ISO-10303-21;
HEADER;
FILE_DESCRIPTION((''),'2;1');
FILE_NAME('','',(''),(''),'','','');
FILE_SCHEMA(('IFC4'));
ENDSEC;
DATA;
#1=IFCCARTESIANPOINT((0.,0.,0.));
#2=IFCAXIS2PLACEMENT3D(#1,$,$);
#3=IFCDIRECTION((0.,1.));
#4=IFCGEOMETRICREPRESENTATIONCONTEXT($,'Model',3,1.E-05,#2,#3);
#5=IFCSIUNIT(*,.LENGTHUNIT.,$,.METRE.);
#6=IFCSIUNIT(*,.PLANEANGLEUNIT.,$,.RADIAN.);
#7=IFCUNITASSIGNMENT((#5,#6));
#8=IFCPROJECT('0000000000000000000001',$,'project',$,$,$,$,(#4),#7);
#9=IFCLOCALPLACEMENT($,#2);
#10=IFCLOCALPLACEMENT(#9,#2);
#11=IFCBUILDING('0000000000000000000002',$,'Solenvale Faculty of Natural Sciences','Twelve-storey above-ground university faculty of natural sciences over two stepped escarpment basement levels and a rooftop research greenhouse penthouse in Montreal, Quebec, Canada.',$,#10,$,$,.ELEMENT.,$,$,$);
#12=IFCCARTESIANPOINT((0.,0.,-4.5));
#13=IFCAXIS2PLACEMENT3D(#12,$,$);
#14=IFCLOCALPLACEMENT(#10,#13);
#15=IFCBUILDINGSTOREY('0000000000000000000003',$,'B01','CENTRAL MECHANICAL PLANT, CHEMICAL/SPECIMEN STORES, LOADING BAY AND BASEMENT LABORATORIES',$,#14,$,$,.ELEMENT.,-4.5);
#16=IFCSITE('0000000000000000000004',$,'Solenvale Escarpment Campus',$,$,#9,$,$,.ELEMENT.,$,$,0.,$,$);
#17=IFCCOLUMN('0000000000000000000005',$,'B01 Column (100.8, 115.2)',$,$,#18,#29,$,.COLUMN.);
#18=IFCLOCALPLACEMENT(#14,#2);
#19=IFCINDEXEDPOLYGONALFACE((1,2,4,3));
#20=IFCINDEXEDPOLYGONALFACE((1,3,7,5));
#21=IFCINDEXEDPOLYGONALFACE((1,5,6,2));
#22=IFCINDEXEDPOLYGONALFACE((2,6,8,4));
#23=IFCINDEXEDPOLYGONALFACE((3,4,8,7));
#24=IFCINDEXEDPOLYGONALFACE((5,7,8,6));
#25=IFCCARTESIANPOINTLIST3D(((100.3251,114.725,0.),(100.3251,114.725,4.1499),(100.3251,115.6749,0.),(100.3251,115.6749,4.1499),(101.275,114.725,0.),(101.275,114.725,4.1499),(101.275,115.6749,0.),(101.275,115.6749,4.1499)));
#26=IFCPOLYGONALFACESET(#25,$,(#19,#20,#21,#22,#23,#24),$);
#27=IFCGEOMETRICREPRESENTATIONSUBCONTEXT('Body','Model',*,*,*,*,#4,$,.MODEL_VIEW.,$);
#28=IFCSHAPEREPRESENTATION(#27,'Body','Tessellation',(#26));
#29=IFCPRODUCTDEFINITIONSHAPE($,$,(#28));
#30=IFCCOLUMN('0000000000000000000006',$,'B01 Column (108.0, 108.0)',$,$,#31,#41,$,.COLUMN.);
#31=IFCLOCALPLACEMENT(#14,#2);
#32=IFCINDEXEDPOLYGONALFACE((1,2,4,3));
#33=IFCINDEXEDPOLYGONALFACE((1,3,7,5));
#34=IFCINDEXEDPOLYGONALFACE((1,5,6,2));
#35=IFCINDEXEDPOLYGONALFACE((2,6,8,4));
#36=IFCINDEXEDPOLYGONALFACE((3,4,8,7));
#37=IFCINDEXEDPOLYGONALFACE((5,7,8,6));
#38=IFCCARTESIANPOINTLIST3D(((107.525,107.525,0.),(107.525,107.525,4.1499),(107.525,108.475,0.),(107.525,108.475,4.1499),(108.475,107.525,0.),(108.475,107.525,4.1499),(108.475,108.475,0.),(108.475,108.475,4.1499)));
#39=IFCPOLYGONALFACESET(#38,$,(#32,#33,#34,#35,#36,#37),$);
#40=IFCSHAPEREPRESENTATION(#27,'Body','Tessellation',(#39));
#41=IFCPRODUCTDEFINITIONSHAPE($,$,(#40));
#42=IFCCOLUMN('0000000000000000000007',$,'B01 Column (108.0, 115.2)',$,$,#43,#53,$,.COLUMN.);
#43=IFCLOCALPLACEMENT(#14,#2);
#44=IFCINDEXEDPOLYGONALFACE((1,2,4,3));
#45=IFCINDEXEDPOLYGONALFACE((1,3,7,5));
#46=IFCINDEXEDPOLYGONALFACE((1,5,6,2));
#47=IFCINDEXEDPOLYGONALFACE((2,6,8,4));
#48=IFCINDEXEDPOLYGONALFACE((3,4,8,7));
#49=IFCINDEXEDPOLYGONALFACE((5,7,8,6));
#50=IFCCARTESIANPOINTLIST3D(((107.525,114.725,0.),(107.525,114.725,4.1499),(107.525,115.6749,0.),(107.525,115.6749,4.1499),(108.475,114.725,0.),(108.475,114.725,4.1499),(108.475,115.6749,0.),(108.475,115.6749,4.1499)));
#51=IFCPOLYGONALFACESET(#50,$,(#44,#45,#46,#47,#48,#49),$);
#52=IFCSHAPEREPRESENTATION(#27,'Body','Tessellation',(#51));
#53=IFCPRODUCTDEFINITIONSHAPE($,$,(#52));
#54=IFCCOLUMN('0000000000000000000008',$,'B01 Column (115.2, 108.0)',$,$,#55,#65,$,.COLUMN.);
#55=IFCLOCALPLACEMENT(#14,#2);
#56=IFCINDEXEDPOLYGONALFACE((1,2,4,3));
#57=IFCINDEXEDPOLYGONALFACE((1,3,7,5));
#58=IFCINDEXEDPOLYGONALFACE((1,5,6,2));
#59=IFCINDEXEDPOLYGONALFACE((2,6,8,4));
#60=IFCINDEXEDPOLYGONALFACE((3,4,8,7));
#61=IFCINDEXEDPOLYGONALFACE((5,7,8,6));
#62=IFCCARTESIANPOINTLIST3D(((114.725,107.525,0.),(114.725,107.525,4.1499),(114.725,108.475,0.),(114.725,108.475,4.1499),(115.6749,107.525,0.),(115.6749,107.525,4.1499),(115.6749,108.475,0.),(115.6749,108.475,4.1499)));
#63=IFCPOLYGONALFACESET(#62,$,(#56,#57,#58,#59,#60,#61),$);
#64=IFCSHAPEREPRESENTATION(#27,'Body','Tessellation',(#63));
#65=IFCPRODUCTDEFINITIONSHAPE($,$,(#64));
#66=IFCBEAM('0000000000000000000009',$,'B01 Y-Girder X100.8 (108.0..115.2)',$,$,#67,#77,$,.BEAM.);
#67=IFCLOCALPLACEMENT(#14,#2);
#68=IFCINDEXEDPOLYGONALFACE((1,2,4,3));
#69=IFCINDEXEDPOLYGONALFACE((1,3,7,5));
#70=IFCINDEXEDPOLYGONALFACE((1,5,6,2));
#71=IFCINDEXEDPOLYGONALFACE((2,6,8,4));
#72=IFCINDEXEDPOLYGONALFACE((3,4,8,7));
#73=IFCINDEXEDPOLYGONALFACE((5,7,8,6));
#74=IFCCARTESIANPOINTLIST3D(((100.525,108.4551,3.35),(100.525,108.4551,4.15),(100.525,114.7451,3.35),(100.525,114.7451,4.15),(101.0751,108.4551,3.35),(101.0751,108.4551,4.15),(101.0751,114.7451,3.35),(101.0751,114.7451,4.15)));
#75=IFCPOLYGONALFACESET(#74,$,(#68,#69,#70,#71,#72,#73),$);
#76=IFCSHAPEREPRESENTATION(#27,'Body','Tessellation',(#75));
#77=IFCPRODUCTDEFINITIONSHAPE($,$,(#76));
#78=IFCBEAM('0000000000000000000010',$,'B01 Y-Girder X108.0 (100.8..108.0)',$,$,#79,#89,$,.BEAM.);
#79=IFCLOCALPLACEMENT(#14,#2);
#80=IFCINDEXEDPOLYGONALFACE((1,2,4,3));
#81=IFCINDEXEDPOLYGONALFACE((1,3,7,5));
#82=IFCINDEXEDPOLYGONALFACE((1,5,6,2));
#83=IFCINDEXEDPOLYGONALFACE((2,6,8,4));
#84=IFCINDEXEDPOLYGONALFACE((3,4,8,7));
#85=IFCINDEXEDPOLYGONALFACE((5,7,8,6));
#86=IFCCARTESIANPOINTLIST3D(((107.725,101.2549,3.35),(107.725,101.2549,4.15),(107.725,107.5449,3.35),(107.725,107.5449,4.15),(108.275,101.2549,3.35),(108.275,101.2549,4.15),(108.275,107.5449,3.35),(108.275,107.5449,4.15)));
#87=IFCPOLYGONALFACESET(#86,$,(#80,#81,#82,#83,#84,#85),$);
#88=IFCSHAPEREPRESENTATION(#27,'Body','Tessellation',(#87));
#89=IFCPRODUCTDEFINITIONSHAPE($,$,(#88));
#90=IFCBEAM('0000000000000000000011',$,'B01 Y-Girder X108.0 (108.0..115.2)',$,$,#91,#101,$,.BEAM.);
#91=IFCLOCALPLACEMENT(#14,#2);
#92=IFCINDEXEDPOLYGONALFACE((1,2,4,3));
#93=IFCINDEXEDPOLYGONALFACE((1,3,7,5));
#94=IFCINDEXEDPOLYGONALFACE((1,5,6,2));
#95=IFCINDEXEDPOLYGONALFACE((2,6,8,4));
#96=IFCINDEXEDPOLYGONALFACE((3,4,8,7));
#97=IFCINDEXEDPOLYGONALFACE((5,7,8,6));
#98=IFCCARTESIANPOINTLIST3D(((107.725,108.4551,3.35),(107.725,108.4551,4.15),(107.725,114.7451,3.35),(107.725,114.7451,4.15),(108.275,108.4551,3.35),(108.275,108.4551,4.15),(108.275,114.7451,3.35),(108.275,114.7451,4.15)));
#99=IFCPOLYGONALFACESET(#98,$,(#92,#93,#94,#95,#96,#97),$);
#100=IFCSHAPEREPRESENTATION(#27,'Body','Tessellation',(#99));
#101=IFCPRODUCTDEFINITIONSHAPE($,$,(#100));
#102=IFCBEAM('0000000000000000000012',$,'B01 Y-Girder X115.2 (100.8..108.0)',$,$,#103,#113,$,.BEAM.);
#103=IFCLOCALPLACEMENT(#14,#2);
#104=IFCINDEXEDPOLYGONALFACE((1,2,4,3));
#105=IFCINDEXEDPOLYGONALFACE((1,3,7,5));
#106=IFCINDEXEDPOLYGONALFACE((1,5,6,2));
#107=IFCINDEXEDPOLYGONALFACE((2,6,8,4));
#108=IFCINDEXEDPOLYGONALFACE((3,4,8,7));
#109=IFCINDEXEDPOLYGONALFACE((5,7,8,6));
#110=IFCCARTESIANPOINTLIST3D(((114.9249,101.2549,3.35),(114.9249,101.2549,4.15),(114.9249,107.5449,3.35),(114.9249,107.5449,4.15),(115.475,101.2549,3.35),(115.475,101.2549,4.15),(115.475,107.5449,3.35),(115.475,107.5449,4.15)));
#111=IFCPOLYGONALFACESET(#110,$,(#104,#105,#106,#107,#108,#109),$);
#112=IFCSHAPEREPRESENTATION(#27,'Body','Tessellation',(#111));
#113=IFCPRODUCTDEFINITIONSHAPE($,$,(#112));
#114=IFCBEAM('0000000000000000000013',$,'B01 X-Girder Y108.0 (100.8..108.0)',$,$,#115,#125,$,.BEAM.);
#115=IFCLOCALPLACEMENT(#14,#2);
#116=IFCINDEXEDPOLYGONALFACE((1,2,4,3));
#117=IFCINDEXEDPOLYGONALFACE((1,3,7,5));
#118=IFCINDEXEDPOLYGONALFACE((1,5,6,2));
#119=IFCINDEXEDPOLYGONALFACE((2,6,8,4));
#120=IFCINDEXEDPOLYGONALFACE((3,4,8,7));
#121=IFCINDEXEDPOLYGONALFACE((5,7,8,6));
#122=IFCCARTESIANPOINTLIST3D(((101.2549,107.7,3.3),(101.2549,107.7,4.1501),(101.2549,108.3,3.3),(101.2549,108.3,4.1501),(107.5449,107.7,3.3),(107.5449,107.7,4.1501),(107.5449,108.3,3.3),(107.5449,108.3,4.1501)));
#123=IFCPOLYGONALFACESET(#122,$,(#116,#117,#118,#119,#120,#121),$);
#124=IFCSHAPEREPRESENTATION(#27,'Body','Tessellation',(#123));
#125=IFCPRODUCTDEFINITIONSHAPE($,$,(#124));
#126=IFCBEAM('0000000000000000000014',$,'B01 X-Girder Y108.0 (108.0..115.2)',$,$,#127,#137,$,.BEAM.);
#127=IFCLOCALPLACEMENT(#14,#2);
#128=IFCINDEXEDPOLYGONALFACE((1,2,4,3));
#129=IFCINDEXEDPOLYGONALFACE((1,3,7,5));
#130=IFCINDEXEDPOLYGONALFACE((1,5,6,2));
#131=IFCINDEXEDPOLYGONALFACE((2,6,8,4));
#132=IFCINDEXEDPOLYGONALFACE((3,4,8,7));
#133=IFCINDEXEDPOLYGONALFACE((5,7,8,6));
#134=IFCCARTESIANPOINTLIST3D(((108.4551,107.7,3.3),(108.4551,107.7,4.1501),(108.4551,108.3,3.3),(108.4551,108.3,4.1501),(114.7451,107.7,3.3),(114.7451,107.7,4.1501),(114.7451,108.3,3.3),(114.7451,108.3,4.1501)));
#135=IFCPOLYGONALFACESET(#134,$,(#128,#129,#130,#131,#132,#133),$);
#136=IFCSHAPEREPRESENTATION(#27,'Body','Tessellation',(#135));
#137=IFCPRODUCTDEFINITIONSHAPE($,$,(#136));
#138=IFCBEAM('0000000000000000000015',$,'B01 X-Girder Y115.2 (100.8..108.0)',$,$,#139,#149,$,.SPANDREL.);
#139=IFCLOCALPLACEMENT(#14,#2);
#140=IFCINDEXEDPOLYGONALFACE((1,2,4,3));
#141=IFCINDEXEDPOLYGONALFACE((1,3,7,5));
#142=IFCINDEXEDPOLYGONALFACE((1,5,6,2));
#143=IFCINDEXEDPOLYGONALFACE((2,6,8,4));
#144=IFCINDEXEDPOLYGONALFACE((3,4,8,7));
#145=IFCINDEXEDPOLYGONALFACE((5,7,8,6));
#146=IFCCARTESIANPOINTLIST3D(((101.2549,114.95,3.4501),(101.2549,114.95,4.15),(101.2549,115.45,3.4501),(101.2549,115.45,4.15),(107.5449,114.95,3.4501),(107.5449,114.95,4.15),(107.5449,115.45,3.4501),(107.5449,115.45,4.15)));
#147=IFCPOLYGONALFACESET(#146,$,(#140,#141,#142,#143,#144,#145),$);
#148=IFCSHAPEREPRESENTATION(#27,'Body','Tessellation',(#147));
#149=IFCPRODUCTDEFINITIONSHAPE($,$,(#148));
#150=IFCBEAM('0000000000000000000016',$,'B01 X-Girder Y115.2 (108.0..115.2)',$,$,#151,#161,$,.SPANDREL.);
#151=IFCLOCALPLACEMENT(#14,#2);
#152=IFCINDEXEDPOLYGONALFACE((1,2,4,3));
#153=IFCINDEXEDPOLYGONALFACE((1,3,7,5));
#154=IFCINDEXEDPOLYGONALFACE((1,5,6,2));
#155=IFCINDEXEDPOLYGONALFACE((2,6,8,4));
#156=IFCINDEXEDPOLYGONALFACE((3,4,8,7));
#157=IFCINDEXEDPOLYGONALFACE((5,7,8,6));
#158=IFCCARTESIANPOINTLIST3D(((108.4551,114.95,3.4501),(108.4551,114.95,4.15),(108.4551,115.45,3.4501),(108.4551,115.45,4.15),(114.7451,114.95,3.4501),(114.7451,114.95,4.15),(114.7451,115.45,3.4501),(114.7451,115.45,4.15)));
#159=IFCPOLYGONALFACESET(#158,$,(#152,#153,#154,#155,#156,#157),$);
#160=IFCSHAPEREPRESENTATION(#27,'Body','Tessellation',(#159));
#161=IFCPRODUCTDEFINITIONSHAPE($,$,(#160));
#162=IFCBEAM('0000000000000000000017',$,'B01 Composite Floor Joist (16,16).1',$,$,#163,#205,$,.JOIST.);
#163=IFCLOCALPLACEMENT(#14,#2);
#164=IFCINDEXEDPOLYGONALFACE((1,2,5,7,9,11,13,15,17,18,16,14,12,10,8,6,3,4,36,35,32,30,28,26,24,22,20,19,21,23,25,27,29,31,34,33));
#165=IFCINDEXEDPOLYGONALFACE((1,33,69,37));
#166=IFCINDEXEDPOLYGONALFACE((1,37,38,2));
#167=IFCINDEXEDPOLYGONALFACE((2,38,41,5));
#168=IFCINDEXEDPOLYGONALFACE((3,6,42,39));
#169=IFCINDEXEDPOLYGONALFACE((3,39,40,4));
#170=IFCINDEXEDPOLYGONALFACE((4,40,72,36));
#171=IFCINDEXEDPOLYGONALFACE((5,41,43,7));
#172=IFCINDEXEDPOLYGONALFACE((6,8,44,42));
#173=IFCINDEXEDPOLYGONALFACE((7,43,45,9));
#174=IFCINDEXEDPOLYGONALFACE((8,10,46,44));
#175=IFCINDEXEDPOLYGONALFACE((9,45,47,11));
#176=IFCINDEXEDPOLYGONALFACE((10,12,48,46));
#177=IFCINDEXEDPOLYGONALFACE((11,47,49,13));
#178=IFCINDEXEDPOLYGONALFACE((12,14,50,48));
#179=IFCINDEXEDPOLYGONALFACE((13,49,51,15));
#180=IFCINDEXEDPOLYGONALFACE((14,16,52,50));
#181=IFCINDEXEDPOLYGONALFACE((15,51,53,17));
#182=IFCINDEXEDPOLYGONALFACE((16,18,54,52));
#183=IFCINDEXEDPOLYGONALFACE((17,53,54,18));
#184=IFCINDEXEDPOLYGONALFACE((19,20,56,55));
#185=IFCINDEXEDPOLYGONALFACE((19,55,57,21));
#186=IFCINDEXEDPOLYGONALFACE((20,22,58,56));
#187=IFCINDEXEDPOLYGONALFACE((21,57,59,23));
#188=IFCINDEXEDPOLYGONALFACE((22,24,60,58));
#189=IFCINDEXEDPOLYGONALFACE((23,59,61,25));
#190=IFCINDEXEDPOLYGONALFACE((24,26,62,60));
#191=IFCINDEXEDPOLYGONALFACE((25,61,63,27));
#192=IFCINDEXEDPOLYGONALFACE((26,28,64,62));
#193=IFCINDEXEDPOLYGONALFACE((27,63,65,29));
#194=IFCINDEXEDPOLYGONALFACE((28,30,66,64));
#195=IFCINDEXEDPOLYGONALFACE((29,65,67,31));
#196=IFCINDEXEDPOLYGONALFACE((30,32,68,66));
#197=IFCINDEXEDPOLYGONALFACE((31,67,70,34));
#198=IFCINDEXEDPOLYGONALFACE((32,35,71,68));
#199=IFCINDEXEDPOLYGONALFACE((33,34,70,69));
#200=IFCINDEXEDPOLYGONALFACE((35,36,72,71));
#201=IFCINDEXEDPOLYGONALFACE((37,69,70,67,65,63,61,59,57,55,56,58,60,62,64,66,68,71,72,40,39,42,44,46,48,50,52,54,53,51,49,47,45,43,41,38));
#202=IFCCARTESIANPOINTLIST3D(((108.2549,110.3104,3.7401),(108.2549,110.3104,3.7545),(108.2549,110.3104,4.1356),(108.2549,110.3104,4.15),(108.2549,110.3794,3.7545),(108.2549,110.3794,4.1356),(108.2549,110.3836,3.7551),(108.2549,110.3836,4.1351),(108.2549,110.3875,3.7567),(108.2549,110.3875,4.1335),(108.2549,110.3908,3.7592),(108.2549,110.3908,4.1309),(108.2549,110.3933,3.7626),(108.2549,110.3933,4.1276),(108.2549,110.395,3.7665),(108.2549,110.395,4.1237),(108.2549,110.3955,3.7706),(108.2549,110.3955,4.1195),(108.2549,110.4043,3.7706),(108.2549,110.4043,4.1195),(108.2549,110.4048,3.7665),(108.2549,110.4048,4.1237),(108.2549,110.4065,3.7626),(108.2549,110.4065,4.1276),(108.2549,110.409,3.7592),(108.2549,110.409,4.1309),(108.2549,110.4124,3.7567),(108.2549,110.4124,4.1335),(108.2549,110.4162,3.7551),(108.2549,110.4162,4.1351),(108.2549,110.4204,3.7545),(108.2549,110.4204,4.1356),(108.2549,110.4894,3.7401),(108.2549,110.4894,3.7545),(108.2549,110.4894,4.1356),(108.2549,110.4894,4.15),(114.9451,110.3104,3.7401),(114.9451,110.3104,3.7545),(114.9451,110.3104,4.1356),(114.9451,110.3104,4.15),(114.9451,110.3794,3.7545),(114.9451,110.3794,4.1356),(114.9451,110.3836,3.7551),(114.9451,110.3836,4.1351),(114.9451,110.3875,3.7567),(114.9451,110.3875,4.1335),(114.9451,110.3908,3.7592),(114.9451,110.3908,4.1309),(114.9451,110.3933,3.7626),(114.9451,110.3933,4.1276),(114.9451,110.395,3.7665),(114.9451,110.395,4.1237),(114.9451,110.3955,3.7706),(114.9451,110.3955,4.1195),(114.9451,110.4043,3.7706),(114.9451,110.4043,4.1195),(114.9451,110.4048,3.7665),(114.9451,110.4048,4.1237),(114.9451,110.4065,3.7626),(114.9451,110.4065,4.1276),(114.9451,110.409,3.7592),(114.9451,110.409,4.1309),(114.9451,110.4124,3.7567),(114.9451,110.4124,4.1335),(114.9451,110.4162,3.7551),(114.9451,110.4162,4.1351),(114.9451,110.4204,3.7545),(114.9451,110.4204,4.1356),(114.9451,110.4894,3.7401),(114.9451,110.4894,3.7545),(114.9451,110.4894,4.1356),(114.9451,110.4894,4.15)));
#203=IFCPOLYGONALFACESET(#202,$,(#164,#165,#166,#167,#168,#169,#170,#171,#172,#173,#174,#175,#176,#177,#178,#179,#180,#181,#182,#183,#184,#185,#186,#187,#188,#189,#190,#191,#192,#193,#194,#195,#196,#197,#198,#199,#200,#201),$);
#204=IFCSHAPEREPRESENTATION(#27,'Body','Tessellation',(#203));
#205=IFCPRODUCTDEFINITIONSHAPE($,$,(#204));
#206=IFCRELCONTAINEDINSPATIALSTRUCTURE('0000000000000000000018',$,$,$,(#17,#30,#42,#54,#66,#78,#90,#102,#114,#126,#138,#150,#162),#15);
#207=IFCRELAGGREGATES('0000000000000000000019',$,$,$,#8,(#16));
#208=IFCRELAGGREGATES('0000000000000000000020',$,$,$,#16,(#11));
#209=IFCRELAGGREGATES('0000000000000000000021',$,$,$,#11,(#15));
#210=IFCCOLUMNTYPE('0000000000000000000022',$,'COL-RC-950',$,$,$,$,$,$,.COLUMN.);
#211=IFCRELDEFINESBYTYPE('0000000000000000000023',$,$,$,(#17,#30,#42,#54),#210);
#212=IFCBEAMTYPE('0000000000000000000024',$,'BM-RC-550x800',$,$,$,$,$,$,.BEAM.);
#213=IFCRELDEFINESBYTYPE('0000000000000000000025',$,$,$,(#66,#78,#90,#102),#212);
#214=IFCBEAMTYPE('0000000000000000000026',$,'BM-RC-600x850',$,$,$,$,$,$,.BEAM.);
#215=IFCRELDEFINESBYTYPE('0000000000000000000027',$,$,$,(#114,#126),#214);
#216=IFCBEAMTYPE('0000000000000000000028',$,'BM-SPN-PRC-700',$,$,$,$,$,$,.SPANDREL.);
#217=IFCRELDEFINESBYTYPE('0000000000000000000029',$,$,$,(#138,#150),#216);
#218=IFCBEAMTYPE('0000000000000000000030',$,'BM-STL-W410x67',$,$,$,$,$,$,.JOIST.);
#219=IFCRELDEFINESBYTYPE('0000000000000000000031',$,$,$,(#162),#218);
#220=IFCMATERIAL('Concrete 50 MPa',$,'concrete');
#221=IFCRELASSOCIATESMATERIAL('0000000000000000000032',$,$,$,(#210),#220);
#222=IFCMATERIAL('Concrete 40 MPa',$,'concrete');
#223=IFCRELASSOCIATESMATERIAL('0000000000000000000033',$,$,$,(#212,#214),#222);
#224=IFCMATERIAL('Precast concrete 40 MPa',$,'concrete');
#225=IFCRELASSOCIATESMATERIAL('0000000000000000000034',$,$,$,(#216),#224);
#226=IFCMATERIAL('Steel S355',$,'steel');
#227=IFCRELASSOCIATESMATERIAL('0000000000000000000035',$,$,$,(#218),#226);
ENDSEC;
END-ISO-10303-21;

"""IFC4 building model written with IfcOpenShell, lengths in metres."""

from ifc_helpers import new_model, si_unit, direction, frame, origin, origin_2d, place, context, subcontext, project, spatial, rectangle, i_section, extrude, material, material_profile, profile_set, type_object, element, save


model = new_model("IFC4")

# Units and contexts
model_context = context("Model", 3, precision=1e-05, world=origin(), true_north=direction((0.0, 1.0)))
body_context = subcontext(model_context, "Body", "Model", "MODEL_VIEW")
ifc_project = project(units=[si_unit("LENGTHUNIT", "METRE"), si_unit("PLANEANGLEUNIT", "RADIAN")], contexts=[model_context])

# Site, building, storey
site_placement = place(None, origin())
site = spatial("IfcSite", under=ifc_project, at=site_placement, Name="Solenvale Escarpment Campus", CompositionType="ELEMENT", RefElevation=0.0)
building_placement = place(site_placement, origin())
building = spatial("IfcBuilding", under=site, at=building_placement, Name="Solenvale Faculty of Natural Sciences", Description="Twelve-storey above-ground university faculty of natural sciences over two stepped escarpment basement levels and a rooftop research greenhouse penthouse in Montreal, Quebec, Canada.", CompositionType="ELEMENT")
storey_placement = place(building_placement, frame((0.0, 0.0, -4.5)))
storey = spatial("IfcBuildingStorey", under=building, at=storey_placement, Name="B01", Description="CENTRAL MECHANICAL PLANT, CHEMICAL/SPECIMEN STORES, LOADING BAY AND BASEMENT LABORATORIES", CompositionType="ELEMENT", Elevation=-4.5)

# Columns
ifc_material_1 = material(Name="Concrete 50 MPa", Category="concrete")
ifc_material_profile_1 = material_profile(ifc_material_1, rectangle(XDim=0.95, YDim=0.95, at=origin_2d()), Name="RC-COL-950x950")
ifc_profile_set_1 = profile_set([ifc_material_profile_1], Name="Concrete 50 MPa")
column_type = type_object("IfcColumnType", Name="COL-RC-950", PredefinedType="COLUMN", material=ifc_profile_set_1)
for number, where, z_axis, x_axis, name in (
    (1, (100.8, 115.2, 0.0), (0.0, 0.0, 1.0), (1.0, 0.0, 0.0), "B01 Column (100.8, 115.2)"),
    (2, (108.0, 108.0, 0.0), (0.0, 0.0, 1.0), (1.0, 0.0, 0.0), "B01 Column (108.0, 108.0)"),
    (3, (108.0, 115.2, 0.0), (0.0, 0.0, 1.0), (1.0, 0.0, 0.0), "B01 Column (108.0, 115.2)"),
    (4, (115.2, 108.0, 0.0), (0.0, 0.0, 1.0), (1.0, 0.0, 0.0), "B01 Column (115.2, 108.0)"),
):
    element("IfcColumn", number, at=place(storey_placement, frame(where, z_axis=z_axis, x_axis=x_axis)), inside=storey, type_object=column_type, Name=name, PredefinedType="COLUMN", context=body_context, shape_type="SweptSolid", body=[
        extrude(rectangle(XDim=0.95, YDim=0.95, at=origin_2d()), origin(), (0.0, 0.0, 1.0), 4.1499),
    ])

# Beams
ifc_material_2 = material(Name="Concrete 40 MPa", Category="concrete")
ifc_material_profile_2 = material_profile(ifc_material_2, rectangle(XDim=0.55, YDim=0.8, at=origin_2d()), Name="RC-BM-550x800")
ifc_profile_set_2 = profile_set([ifc_material_profile_2], Name="Concrete 40 MPa")
beam_type_1 = type_object("IfcBeamType", Name="BM-RC-550x800", PredefinedType="BEAM", material=ifc_profile_set_2)
for number, where, z_axis, x_axis, name in (
    (5, (100.8, 108.4551, 3.75), (0.0, 1.0, 0.0), (-1.0, 0.0, 0.0), "B01 Y-Girder X100.8 (108.0..115.2)"),
    (6, (108.0, 101.2549, 3.75), (0.0, 1.0, 0.0), (-1.0, 0.0, 0.0), "B01 Y-Girder X108.0 (100.8..108.0)"),
    (7, (108.0, 108.4551, 3.75), (0.0, 1.0, 0.0), (-1.0, 0.0, 0.0), "B01 Y-Girder X108.0 (108.0..115.2)"),
    (8, (115.2, 101.2549, 3.75), (0.0, 1.0, 0.0), (-1.0, 0.0, 0.0), "B01 Y-Girder X115.2 (100.8..108.0)"),
):
    element("IfcBeam", number, at=place(storey_placement, frame(where, z_axis=z_axis, x_axis=x_axis)), inside=storey, type_object=beam_type_1, Name=name, PredefinedType="BEAM", context=body_context, shape_type="SweptSolid", body=[
        extrude(rectangle(XDim=0.55, YDim=0.8, at=origin_2d()), origin(), (0.0, 0.0, 1.0), 6.29),
    ])
ifc_material_profile_3 = material_profile(ifc_material_2, rectangle(XDim=0.6001, YDim=0.8501, at=origin_2d()), Name="RC-BM-600x850")
ifc_profile_set_3 = profile_set([ifc_material_profile_3], Name="Concrete 40 MPa")
beam_type_2 = type_object("IfcBeamType", Name="BM-RC-600x850", PredefinedType="BEAM", material=ifc_profile_set_3)
for number, where, z_axis, x_axis, name in (
    (9, (101.2549, 108.0, 3.7251), (1.0, 0.0, 0.0), (0.0, 1.0, 0.0), "B01 X-Girder Y108.0 (100.8..108.0)"),
    (10, (108.4551, 108.0, 3.7251), (1.0, 0.0, 0.0), (0.0, 1.0, 0.0), "B01 X-Girder Y108.0 (108.0..115.2)"),
):
    element("IfcBeam", number, at=place(storey_placement, frame(where, z_axis=z_axis, x_axis=x_axis)), inside=storey, type_object=beam_type_2, Name=name, PredefinedType="BEAM", context=body_context, shape_type="SweptSolid", body=[
        extrude(rectangle(XDim=0.6001, YDim=0.8501, at=origin_2d()), origin(), (0.0, 0.0, 1.0), 6.29),
    ])
ifc_material_3 = material(Name="Precast concrete 40 MPa", Category="concrete")
ifc_material_profile_4 = material_profile(ifc_material_3, rectangle(XDim=0.5, YDim=0.7, at=origin_2d()), Name="RC-BM-500x700")
ifc_profile_set_4 = profile_set([ifc_material_profile_4], Name="Precast concrete 40 MPa")
beam_type_3 = type_object("IfcBeamType", Name="BM-SPN-PRC-700", PredefinedType="SPANDREL", material=ifc_profile_set_4)
for number, where, z_axis, x_axis, name in (
    (11, (101.2549, 115.2, 3.8), (1.0, 0.0, 0.0), (0.0, 1.0, 0.0), "B01 X-Girder Y115.2 (100.8..108.0)"),
    (12, (108.4551, 115.2, 3.8), (1.0, 0.0, 0.0), (0.0, 1.0, 0.0), "B01 X-Girder Y115.2 (108.0..115.2)"),
):
    element("IfcBeam", number, at=place(storey_placement, frame(where, z_axis=z_axis, x_axis=x_axis)), inside=storey, type_object=beam_type_3, Name=name, PredefinedType="SPANDREL", context=body_context, shape_type="SweptSolid", body=[
        extrude(rectangle(XDim=0.5, YDim=0.7, at=origin_2d()), origin(), (0.0, 0.0, 1.0), 6.29),
    ])
ifc_material_4 = material(Name="Steel S355", Category="steel")
ifc_material_profile_5 = material_profile(ifc_material_4, i_section(OverallWidth=0.179, OverallDepth=0.4099, WebThickness=0.0088, FlangeThickness=0.0144, FilletRadius=0.0161, at=origin_2d()), Name="W410x67")
ifc_profile_set_5 = profile_set([ifc_material_profile_5], Name="Steel S355")
beam_type_4 = type_object("IfcBeamType", Name="BM-STL-W410x67", PredefinedType="JOIST", material=ifc_profile_set_5)
for number, where, z_axis, x_axis, name in (
    (13, (108.2549, 110.3999, 3.9451), (1.0, 0.0, 0.0), (0.0, 1.0, 0.0), "B01 Composite Floor Joist (16,16).1"),
):
    element("IfcBeam", number, at=place(storey_placement, frame(where, z_axis=z_axis, x_axis=x_axis)), inside=storey, type_object=beam_type_4, Name=name, PredefinedType="JOIST", context=body_context, shape_type="SweptSolid", body=[
        extrude(i_section(OverallWidth=0.179, OverallDepth=0.4099, WebThickness=0.0088, FlangeThickness=0.0144, FilletRadius=0.0161, at=origin_2d()), origin(), (0.0, 0.0, 1.0), 6.6902),
    ])

save(model, "model.ifc")
